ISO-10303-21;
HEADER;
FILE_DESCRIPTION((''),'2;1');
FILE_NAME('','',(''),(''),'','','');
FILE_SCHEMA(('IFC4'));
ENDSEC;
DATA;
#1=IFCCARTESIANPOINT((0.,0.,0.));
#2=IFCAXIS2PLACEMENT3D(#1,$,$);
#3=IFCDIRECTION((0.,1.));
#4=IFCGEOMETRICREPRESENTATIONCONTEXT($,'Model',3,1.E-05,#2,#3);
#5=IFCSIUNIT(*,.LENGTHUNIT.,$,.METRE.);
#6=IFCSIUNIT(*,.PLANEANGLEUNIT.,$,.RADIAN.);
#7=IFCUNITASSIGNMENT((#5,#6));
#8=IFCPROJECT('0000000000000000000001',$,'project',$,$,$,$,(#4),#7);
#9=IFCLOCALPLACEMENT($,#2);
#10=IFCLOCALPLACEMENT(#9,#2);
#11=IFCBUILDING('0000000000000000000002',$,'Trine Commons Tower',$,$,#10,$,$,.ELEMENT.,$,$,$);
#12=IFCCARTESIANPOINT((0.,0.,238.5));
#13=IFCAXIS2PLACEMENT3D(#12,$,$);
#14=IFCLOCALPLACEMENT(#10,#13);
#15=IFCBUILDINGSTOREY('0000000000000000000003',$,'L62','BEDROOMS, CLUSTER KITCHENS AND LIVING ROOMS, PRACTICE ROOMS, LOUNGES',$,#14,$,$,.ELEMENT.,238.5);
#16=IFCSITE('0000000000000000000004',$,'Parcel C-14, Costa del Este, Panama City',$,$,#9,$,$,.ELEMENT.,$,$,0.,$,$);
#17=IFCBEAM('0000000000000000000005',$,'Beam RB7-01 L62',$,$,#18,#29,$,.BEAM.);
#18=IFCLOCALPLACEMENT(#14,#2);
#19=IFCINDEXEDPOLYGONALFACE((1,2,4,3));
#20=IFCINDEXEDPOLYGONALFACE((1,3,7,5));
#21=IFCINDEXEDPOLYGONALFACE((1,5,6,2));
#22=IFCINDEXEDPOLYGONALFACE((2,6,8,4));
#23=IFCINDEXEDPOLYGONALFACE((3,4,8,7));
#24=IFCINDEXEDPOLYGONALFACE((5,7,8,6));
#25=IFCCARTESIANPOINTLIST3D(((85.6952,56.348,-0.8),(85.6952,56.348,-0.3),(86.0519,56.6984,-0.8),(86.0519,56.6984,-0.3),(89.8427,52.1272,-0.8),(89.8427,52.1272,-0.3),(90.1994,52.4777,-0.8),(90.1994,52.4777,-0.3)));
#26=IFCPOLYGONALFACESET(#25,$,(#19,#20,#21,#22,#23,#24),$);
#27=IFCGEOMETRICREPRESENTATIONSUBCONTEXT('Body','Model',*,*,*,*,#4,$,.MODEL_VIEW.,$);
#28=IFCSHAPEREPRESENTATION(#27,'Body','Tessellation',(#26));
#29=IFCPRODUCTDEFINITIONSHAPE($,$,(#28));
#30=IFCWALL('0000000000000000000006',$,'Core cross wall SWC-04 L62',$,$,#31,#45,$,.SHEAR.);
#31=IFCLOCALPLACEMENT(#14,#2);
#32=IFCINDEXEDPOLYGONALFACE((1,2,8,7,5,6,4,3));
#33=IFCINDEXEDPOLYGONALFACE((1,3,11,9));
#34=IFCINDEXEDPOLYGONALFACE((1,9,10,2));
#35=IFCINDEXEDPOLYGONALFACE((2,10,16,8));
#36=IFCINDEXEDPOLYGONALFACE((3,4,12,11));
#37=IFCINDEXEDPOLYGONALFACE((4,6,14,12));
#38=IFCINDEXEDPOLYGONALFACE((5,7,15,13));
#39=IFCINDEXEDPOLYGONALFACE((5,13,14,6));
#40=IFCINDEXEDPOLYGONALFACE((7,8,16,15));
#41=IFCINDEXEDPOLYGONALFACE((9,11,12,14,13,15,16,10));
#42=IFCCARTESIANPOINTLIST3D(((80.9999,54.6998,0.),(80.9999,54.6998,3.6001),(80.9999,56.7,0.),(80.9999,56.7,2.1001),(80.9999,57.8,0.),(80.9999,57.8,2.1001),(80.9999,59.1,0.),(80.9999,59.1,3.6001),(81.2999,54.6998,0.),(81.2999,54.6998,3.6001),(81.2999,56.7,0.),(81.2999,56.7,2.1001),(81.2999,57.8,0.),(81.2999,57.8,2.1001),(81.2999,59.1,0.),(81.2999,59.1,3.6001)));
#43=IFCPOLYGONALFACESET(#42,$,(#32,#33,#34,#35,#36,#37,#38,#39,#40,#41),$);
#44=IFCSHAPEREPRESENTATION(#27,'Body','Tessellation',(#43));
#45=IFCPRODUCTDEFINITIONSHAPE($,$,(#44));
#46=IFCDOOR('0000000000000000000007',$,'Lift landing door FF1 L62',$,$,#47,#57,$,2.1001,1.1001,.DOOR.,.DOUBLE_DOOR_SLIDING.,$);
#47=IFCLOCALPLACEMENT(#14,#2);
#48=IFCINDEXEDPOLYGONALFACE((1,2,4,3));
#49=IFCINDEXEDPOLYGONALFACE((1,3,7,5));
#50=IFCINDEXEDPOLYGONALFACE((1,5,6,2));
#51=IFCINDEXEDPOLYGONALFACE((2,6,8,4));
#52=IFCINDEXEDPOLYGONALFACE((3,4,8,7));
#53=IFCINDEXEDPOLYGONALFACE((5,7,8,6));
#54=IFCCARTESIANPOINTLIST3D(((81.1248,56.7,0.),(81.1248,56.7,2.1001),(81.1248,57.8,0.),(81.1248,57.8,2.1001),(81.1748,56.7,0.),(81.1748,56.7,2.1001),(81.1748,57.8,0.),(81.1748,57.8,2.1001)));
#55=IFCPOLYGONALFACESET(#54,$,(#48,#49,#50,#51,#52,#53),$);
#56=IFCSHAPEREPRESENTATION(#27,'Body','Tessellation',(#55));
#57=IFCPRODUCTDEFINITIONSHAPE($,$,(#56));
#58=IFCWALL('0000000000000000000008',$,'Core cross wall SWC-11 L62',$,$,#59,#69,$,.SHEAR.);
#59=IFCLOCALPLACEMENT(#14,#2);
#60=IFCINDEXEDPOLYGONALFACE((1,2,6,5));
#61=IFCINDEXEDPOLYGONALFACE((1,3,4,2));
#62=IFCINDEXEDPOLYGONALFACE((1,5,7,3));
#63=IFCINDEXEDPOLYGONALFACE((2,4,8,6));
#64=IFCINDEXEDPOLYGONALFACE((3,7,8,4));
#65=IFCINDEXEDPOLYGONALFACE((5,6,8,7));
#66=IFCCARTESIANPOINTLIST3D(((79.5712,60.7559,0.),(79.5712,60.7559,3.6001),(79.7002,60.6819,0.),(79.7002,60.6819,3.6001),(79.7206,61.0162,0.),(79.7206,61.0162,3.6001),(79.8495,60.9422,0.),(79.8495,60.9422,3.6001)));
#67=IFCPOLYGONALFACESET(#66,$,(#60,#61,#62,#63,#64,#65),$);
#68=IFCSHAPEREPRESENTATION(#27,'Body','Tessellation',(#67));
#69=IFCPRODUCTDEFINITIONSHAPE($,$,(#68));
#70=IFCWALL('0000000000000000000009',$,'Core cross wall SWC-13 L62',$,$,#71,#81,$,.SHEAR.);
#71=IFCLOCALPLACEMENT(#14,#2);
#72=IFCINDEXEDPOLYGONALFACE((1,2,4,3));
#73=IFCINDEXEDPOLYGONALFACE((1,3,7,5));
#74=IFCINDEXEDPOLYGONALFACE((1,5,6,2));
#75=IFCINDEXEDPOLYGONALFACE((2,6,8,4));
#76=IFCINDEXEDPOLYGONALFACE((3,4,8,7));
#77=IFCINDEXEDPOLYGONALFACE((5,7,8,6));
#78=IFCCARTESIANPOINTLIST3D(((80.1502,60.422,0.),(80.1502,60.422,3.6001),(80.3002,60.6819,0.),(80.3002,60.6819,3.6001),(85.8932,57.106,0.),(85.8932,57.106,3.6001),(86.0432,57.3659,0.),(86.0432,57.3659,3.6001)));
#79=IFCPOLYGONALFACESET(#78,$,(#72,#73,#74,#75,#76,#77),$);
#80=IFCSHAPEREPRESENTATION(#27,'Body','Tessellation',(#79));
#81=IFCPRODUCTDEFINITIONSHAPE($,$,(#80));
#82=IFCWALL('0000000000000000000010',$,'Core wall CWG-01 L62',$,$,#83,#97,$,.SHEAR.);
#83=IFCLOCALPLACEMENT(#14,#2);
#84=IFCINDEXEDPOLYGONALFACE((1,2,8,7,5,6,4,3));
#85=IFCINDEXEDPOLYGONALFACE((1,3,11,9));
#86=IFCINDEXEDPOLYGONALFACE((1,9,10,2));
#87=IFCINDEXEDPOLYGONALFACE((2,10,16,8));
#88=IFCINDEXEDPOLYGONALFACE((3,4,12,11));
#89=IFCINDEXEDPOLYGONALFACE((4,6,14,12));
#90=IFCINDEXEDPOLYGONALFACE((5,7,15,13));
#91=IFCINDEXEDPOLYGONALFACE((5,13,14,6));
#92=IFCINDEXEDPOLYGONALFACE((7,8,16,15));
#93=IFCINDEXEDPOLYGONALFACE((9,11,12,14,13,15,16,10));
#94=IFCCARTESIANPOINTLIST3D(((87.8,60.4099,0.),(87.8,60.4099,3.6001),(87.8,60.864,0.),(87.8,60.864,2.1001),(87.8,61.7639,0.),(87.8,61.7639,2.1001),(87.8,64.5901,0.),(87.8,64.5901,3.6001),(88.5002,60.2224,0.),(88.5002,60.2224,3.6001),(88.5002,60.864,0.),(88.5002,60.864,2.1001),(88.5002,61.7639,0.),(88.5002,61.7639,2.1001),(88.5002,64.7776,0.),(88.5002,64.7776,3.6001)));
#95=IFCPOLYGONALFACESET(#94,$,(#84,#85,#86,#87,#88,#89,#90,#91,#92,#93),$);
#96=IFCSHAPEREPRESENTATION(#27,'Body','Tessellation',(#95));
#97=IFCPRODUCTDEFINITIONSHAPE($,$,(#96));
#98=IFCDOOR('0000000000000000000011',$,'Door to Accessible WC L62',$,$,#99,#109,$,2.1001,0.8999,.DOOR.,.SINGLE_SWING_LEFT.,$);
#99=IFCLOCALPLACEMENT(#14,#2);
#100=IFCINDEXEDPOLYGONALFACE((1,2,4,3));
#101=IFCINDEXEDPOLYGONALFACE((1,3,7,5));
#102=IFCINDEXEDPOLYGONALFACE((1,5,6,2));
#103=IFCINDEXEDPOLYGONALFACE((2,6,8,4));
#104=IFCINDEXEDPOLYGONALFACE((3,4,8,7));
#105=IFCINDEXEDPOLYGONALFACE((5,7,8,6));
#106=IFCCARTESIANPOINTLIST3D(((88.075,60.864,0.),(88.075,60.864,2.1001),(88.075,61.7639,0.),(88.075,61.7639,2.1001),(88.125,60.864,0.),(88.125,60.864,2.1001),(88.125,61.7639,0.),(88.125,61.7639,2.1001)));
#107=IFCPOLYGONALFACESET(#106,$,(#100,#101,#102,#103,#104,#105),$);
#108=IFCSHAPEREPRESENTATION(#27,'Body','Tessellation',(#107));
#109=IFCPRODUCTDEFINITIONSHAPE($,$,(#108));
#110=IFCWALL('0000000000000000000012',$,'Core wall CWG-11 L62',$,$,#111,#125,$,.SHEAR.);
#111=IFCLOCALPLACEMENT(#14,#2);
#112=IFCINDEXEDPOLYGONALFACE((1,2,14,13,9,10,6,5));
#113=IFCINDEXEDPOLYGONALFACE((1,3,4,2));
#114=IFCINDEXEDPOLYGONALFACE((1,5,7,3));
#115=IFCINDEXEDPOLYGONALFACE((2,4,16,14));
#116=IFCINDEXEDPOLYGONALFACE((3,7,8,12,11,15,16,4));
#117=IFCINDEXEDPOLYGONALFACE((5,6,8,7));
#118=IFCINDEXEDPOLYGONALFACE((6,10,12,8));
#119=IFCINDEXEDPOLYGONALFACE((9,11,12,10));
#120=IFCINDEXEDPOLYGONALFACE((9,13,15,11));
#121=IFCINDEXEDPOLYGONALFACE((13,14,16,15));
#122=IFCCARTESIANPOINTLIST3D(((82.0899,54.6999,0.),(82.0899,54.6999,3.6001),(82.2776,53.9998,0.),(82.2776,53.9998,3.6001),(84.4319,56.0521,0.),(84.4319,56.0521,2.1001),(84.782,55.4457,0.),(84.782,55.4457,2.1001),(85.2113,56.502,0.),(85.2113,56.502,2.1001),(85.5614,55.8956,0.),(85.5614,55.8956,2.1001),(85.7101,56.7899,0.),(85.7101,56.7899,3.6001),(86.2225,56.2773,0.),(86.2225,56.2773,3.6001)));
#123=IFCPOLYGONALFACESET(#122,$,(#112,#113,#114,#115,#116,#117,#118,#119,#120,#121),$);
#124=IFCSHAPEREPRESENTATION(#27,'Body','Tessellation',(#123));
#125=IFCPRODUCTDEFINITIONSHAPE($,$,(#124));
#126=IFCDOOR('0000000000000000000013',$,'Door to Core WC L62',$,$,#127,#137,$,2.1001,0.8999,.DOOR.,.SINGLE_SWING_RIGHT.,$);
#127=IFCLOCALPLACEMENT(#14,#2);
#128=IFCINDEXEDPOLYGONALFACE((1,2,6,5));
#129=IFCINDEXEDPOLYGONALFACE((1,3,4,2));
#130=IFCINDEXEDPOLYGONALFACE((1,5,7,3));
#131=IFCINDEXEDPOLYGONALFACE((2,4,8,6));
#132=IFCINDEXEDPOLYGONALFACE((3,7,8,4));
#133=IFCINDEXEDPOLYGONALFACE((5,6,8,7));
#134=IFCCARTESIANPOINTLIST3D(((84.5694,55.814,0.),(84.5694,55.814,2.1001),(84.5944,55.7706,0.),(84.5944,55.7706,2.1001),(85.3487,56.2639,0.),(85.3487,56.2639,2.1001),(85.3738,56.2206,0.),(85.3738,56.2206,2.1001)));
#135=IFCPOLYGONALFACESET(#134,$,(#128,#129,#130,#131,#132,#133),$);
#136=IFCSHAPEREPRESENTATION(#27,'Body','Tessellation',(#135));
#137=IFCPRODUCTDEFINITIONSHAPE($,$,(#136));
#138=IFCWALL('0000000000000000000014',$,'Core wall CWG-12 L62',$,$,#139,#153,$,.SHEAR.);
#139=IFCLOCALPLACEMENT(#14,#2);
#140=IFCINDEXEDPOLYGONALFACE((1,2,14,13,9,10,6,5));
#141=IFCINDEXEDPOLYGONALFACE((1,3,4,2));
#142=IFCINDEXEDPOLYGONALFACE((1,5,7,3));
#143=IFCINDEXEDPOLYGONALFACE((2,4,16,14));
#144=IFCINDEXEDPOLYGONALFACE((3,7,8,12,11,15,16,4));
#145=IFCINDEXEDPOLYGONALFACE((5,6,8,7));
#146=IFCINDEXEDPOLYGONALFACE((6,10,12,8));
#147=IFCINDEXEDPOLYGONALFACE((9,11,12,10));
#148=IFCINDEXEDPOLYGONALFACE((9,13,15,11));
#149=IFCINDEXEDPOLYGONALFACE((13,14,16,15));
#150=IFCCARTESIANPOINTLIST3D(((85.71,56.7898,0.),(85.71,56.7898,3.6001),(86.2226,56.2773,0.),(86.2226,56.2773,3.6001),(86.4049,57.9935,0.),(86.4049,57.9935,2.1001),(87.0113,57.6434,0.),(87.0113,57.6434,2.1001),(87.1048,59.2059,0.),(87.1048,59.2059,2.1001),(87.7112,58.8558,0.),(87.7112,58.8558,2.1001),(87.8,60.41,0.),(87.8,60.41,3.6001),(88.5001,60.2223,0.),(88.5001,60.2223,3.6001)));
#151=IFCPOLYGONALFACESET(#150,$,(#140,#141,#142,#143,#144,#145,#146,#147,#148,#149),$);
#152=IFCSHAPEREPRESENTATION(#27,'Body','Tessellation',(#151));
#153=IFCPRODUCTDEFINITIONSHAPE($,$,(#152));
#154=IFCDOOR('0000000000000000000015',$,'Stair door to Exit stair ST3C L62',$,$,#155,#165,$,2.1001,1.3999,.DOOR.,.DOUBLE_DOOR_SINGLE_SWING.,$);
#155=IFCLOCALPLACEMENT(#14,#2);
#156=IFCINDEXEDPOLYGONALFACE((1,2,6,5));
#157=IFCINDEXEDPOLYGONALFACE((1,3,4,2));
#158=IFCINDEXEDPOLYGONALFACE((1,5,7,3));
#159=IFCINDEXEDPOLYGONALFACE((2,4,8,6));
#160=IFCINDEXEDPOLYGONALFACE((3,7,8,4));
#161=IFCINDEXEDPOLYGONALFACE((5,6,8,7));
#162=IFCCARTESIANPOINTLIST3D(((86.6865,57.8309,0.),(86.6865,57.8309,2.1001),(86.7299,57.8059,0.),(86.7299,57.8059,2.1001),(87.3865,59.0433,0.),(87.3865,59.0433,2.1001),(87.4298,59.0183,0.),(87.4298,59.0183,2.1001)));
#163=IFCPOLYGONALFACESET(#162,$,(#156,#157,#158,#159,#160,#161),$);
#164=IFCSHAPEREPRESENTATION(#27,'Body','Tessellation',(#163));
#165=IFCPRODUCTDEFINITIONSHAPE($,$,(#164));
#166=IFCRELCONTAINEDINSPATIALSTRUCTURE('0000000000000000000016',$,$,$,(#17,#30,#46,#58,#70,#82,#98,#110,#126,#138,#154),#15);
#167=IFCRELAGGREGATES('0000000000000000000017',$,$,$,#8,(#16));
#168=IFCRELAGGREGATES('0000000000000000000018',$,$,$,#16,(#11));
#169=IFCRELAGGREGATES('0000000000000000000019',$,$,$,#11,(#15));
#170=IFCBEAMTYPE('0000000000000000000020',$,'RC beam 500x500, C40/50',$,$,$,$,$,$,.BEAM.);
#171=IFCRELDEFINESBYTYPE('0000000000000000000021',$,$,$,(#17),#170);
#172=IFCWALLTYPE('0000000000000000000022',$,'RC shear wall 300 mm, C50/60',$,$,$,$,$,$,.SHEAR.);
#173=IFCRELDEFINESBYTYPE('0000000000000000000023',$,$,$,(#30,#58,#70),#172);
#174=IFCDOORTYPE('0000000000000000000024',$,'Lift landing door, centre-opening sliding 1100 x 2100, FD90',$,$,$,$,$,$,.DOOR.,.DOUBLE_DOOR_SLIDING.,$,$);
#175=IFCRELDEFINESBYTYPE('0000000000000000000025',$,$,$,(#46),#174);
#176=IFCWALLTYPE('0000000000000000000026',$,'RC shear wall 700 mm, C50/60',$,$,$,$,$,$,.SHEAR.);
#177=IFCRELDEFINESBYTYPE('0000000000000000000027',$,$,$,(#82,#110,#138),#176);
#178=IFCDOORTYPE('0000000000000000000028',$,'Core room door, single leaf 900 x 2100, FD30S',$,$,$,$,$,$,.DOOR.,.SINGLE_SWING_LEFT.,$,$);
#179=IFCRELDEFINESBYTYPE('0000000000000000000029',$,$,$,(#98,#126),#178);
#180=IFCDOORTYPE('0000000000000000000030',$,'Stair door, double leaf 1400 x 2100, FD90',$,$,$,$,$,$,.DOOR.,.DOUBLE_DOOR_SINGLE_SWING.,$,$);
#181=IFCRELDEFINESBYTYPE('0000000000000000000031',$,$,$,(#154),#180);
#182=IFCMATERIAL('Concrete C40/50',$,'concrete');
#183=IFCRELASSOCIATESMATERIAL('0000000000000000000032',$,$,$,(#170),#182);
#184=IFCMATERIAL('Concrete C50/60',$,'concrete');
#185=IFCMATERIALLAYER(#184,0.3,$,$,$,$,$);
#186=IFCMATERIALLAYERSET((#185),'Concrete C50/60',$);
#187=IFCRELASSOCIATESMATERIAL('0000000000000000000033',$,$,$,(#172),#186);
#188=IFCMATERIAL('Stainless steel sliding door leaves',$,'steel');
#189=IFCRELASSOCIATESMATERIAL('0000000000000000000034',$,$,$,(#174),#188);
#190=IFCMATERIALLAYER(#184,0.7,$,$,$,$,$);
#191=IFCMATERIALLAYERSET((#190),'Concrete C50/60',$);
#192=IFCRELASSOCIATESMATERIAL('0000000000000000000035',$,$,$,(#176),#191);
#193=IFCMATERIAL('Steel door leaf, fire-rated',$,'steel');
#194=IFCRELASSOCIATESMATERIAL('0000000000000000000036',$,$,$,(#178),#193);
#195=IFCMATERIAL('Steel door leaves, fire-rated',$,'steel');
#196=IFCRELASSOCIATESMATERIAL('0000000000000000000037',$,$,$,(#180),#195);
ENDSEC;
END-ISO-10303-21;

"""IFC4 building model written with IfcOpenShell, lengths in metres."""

from ifc_helpers import new_model, si_unit, direction, frame, frame_2d, origin, origin_2d, place, context, subcontext, project, spatial, polyline, rectangle, outline, extrude, material, layer, layer_set, material_profile, profile_set, type_object, element, fill, save


model = new_model("IFC4")

# Units and contexts
model_context = context("Model", 3, precision=1e-05, world=origin(), true_north=direction((0.0, 1.0)))
body_context = subcontext(model_context, "Body", "Model", "MODEL_VIEW")
ifc_project = project(units=[si_unit("LENGTHUNIT", "METRE"), si_unit("PLANEANGLEUNIT", "RADIAN")], contexts=[model_context])

# Site, building, storey
site_placement = place(None, origin())
site = spatial("IfcSite", under=ifc_project, at=site_placement, Name="Parcel C-14, Costa del Este, Panama City", CompositionType="ELEMENT", RefElevation=0.0)
building_placement = place(site_placement, origin())
building = spatial("IfcBuilding", under=site, at=building_placement, Name="Trine Commons Tower", CompositionType="ELEMENT")
storey_placement = place(building_placement, frame((0.0, 0.0, 238.5)))
storey = spatial("IfcBuildingStorey", under=building, at=storey_placement, Name="L62", Description="BEDROOMS, CLUSTER KITCHENS AND LIVING ROOMS, PRACTICE ROOMS, LOUNGES", CompositionType="ELEMENT", Elevation=238.5)

# Beam
ifc_material_1 = material(Name="Concrete C40/50", Category="concrete")
ifc_material_profile = material_profile(ifc_material_1, rectangle(XDim=0.5, YDim=0.5, at=origin_2d()), Name="RC 500x500")
ifc_profile_set = profile_set([ifc_material_profile], Name="Concrete C40/50")
beam_type = type_object("IfcBeamType", Name="RC beam 500x500, C40/50", PredefinedType="BEAM", material=ifc_profile_set)
beam_placement = place(storey_placement, frame((85.8735, 56.5232, -0.55), z_axis=(0.700891, -0.713268, 0.0), x_axis=(0.713268, 0.700891, 0.0)))
element("IfcBeam", 1, at=beam_placement, inside=storey, type_object=beam_type, Name="Beam RB7-01 L62", PredefinedType="BEAM", context=body_context, shape_type="SweptSolid", body=[
    extrude(rectangle(XDim=0.5, YDim=0.5, at=origin_2d()), origin(), (0.0, 0.0, 1.0), 5.9175),
])

# Wall, opening, door
ifc_material_2 = material(Name="Concrete C50/60", Category="concrete")
ifc_layer_1 = layer(ifc_material_2, 0.3)
ifc_layer_set_1 = layer_set([ifc_layer_1], Name="Concrete C50/60")
wall_type_1 = type_object("IfcWallType", Name="RC shear wall 300 mm, C50/60", PredefinedType="SHEAR", material=ifc_layer_set_1)
wall_1_placement = place(storey_placement, frame((81.1499, 59.1001, 0.0), z_axis=(0.0, 0.0, 1.0), x_axis=(0.0, -1.0, 0.0)))
wall_1 = element("IfcWall", 2, at=wall_1_placement, inside=storey, type_object=wall_type_1, Name="Core cross wall SWC-04 L62", PredefinedType="SHEAR", context=body_context, shape_type="SweptSolid", body=[
    extrude(rectangle(XDim=4.4001, YDim=0.3, at=frame_2d((2.2002, 0.0))), origin(), (0.0, 0.0, 1.0), 3.6001),
])
opening_1_placement = place(wall_1_placement, frame((1.3, 0.0, 0.0)))
opening_1 = element("IfcOpeningElement", 3, at=opening_1_placement, cuts=wall_1, PredefinedType="OPENING", context=body_context, shape_type="SweptSolid", body=[
    extrude(rectangle(XDim=1.1001, YDim=2.1001, at=frame_2d((0.55, 1.05))), frame((0.0, 0.1599, 0.0), z_axis=(0.0, -1.0, 0.0), x_axis=(1.0, 0.0, 0.0)), (0.0, 0.0, 1.0), 0.3201),
])
ifc_material_3 = material(Name="Stainless steel sliding door leaves", Category="steel")
door_type_1 = type_object("IfcDoorType", Name="Lift landing door, centre-opening sliding 1100 x 2100, FD90", OperationType="DOUBLE_DOOR_SLIDING", PredefinedType="DOOR", material=ifc_material_3)
door_1_placement = place(opening_1_placement, origin())
door_1 = element("IfcDoor", 4, at=door_1_placement, inside=storey, type_object=door_type_1, Name="Lift landing door FF1 L62", OperationType="DOUBLE_DOOR_SLIDING", OverallHeight=2.1001, OverallWidth=1.1001, PredefinedType="DOOR", context=body_context, shape_type="SweptSolid", body=[
    extrude(rectangle(XDim=1.1001, YDim=2.1001, at=frame_2d((0.55, 1.05))), frame((0.0, 0.0249, 0.0), z_axis=(0.0, -1.0, 0.0), x_axis=(1.0, 0.0, 0.0)), (0.0, 0.0, 1.0), 0.05),
])
fill(opening_1, door_1)

# Walls
wall_2_placement = place(storey_placement, frame((79.646, 60.886, 0.0), z_axis=(0.0, 0.0, 1.0), x_axis=(0.867332, -0.49773, 0.0)))
element("IfcWall", 5, at=wall_2_placement, inside=storey, type_object=wall_type_1, Name="Core cross wall SWC-11 L62", PredefinedType="SHEAR", context=body_context, shape_type="SweptSolid", body=[
    extrude(rectangle(XDim=0.1487, YDim=0.3, at=frame_2d((0.0742, 0.0))), origin(), (0.0, 0.0, 1.0), 3.6001),
])
wall_3_placement = place(storey_placement, frame((80.2251, 60.552, 0.0), z_axis=(0.0, 0.0, 1.0), x_axis=(0.86601, -0.500027, 0.0)))
element("IfcWall", 6, at=wall_3_placement, inside=storey, type_object=wall_type_1, Name="Core cross wall SWC-13 L62", PredefinedType="SHEAR", context=body_context, shape_type="SweptSolid", body=[
    extrude(rectangle(XDim=6.6316, YDim=0.3, at=frame_2d((3.3159, 0.0))), origin(), (0.0, 0.0, 1.0), 3.6001),
])

# Walls, openings, doors
ifc_layer_2 = layer(ifc_material_2, 0.7)
ifc_layer_set_2 = layer_set([ifc_layer_2], Name="Concrete C50/60")
wall_type_2 = type_object("IfcWallType", Name="RC shear wall 700 mm, C50/60", PredefinedType="SHEAR", material=ifc_layer_set_2)
wall_4_placement = place(storey_placement, frame((88.1501, 60.2224, 0.0), z_axis=(0.0, 0.0, 1.0), x_axis=(0.0, 1.0, 0.0)))
wall_4 = element("IfcWall", 7, at=wall_4_placement, inside=storey, type_object=wall_type_2, Name="Core wall CWG-01 L62", PredefinedType="SHEAR", context=body_context, shape_type="SweptSolid", body=[
    extrude(outline(polyline([(0.0, -0.3501), (4.5552, -0.3501), (4.3677, 0.3501), (0.1875, 0.3501), (0.0, -0.3501)])), origin(), (0.0, 0.0, 1.0), 3.6001),
])
opening_2_placement = place(wall_4_placement, frame((0.6416, 0.0, 0.0)))
opening_2 = element("IfcOpeningElement", 8, at=opening_2_placement, cuts=wall_4, PredefinedType="OPENING", context=body_context, shape_type="SweptSolid", body=[
    extrude(rectangle(XDim=0.8999, YDim=2.1001, at=frame_2d((0.45, 1.05))), frame((0.0, 0.3599, 0.0), z_axis=(0.0, -1.0, 0.0), x_axis=(1.0, 0.0, 0.0)), (0.0, 0.0, 1.0), 0.72),
])
ifc_material_4 = material(Name="Steel door leaf, fire-rated", Category="steel")
door_type_2 = type_object("IfcDoorType", Name="Core room door, single leaf 900 x 2100, FD30S", OperationType="SINGLE_SWING_LEFT", PredefinedType="DOOR", material=ifc_material_4)
door_2_placement = place(opening_2_placement, origin())
door_2 = element("IfcDoor", 9, at=door_2_placement, inside=storey, type_object=door_type_2, Name="Door to Accessible WC L62", OperationType="SINGLE_SWING_LEFT", OverallHeight=2.1001, OverallWidth=0.8999, PredefinedType="DOOR", context=body_context, shape_type="SweptSolid", body=[
    extrude(rectangle(XDim=0.8999, YDim=2.1001, at=frame_2d((0.45, 1.05))), frame((0.0, 0.0752, 0.0), z_axis=(0.0, -1.0, 0.0), x_axis=(1.0, 0.0, 0.0)), (0.0, 0.0, 1.0), 0.05),
])
fill(opening_2, door_2)
wall_5_placement = place(storey_placement, frame((82.1025, 54.303, 0.0), z_axis=(0.0, 0.0, 1.0), x_axis=(0.866035, 0.499984, 0.0)))
wall_5 = element("IfcWall", 10, at=wall_5_placement, inside=storey, type_object=wall_type_2, Name="Core wall CWG-11 L62", PredefinedType="SHEAR", context=body_context, shape_type="SweptSolid", body=[
    extrude(outline(polyline([(0.0, -0.3501), (4.5552, -0.3501), (4.3677, 0.3501), (0.1875, 0.3501), (0.0, -0.3501)])), origin(), (0.0, 0.0, 1.0), 3.6001),
])
opening_3_placement = place(wall_5_placement, frame((2.8918, 0.0, 0.0)))
opening_3 = element("IfcOpeningElement", 11, at=opening_3_placement, cuts=wall_5, PredefinedType="OPENING", context=body_context, shape_type="SweptSolid", body=[
    extrude(rectangle(XDim=0.8999, YDim=2.1001, at=frame_2d((0.45, 1.05))), frame((0.0, 0.3599, 0.0), z_axis=(0.0, -1.0, 0.0), x_axis=(1.0, 0.0, 0.0)), (0.0, 0.0, 1.0), 0.72),
])
door_3_placement = place(opening_3_placement, origin())
door_3 = element("IfcDoor", 12, at=door_3_placement, inside=storey, type_object=door_type_2, Name="Door to Core WC L62", OperationType="SINGLE_SWING_RIGHT", OverallHeight=2.1001, OverallWidth=0.8999, PredefinedType="DOOR", context=body_context, shape_type="SweptSolid", body=[
    extrude(rectangle(XDim=0.8999, YDim=2.1001, at=frame_2d((0.45, 1.05))), frame((0.0, 0.0752, 0.0), z_axis=(0.0, -1.0, 0.0), x_axis=(1.0, 0.0, 0.0)), (0.0, 0.0, 1.0), 0.05),
])
fill(opening_3, door_3)
wall_6_placement = place(storey_placement, frame((85.9194, 56.4524, 0.0), z_axis=(0.0, 0.0, 1.0), x_axis=(0.499984, 0.866035, 0.0)))
wall_6 = element("IfcWall", 13, at=wall_6_placement, inside=storey, type_object=wall_type_2, Name="Core wall CWG-12 L62", PredefinedType="SHEAR", context=body_context, shape_type="SweptSolid", body=[
    extrude(outline(polyline([(0.0, -0.3501), (4.5552, -0.3501), (4.3677, 0.3501), (0.1875, 0.3501), (0.0, -0.3501)])), origin(), (0.0, 0.0, 1.0), 3.6001),
])
opening_4_placement = place(wall_6_placement, frame((1.5774, 0.0, 0.0)))
opening_4 = element("IfcOpeningElement", 14, at=opening_4_placement, cuts=wall_6, PredefinedType="OPENING", context=body_context, shape_type="SweptSolid", body=[
    extrude(rectangle(XDim=1.3999, YDim=2.1001, at=frame_2d((0.7, 1.05))), frame((0.0, 0.3599, 0.0), z_axis=(0.0, -1.0, 0.0), x_axis=(1.0, 0.0, 0.0)), (0.0, 0.0, 1.0), 0.72),
])
ifc_material_5 = material(Name="Steel door leaves, fire-rated", Category="steel")
door_type_3 = type_object("IfcDoorType", Name="Stair door, double leaf 1400 x 2100, FD90", OperationType="DOUBLE_DOOR_SINGLE_SWING", PredefinedType="DOOR", material=ifc_material_5)
door_4_placement = place(opening_4_placement, origin())
door_4 = element("IfcDoor", 15, at=door_4_placement, inside=storey, type_object=door_type_3, Name="Stair door to Exit stair ST3C L62", OperationType="DOUBLE_DOOR_SINGLE_SWING", OverallHeight=2.1001, OverallWidth=1.3999, PredefinedType="DOOR", context=body_context, shape_type="SweptSolid", body=[
    extrude(rectangle(XDim=1.3999, YDim=2.1001, at=frame_2d((0.7, 1.05))), frame((0.0, 0.0249, 0.0), z_axis=(0.0, -1.0, 0.0), x_axis=(1.0, 0.0, 0.0)), (0.0, 0.0, 1.0), 0.05),
])
fill(opening_4, door_4)

save(model, "model.ifc")
